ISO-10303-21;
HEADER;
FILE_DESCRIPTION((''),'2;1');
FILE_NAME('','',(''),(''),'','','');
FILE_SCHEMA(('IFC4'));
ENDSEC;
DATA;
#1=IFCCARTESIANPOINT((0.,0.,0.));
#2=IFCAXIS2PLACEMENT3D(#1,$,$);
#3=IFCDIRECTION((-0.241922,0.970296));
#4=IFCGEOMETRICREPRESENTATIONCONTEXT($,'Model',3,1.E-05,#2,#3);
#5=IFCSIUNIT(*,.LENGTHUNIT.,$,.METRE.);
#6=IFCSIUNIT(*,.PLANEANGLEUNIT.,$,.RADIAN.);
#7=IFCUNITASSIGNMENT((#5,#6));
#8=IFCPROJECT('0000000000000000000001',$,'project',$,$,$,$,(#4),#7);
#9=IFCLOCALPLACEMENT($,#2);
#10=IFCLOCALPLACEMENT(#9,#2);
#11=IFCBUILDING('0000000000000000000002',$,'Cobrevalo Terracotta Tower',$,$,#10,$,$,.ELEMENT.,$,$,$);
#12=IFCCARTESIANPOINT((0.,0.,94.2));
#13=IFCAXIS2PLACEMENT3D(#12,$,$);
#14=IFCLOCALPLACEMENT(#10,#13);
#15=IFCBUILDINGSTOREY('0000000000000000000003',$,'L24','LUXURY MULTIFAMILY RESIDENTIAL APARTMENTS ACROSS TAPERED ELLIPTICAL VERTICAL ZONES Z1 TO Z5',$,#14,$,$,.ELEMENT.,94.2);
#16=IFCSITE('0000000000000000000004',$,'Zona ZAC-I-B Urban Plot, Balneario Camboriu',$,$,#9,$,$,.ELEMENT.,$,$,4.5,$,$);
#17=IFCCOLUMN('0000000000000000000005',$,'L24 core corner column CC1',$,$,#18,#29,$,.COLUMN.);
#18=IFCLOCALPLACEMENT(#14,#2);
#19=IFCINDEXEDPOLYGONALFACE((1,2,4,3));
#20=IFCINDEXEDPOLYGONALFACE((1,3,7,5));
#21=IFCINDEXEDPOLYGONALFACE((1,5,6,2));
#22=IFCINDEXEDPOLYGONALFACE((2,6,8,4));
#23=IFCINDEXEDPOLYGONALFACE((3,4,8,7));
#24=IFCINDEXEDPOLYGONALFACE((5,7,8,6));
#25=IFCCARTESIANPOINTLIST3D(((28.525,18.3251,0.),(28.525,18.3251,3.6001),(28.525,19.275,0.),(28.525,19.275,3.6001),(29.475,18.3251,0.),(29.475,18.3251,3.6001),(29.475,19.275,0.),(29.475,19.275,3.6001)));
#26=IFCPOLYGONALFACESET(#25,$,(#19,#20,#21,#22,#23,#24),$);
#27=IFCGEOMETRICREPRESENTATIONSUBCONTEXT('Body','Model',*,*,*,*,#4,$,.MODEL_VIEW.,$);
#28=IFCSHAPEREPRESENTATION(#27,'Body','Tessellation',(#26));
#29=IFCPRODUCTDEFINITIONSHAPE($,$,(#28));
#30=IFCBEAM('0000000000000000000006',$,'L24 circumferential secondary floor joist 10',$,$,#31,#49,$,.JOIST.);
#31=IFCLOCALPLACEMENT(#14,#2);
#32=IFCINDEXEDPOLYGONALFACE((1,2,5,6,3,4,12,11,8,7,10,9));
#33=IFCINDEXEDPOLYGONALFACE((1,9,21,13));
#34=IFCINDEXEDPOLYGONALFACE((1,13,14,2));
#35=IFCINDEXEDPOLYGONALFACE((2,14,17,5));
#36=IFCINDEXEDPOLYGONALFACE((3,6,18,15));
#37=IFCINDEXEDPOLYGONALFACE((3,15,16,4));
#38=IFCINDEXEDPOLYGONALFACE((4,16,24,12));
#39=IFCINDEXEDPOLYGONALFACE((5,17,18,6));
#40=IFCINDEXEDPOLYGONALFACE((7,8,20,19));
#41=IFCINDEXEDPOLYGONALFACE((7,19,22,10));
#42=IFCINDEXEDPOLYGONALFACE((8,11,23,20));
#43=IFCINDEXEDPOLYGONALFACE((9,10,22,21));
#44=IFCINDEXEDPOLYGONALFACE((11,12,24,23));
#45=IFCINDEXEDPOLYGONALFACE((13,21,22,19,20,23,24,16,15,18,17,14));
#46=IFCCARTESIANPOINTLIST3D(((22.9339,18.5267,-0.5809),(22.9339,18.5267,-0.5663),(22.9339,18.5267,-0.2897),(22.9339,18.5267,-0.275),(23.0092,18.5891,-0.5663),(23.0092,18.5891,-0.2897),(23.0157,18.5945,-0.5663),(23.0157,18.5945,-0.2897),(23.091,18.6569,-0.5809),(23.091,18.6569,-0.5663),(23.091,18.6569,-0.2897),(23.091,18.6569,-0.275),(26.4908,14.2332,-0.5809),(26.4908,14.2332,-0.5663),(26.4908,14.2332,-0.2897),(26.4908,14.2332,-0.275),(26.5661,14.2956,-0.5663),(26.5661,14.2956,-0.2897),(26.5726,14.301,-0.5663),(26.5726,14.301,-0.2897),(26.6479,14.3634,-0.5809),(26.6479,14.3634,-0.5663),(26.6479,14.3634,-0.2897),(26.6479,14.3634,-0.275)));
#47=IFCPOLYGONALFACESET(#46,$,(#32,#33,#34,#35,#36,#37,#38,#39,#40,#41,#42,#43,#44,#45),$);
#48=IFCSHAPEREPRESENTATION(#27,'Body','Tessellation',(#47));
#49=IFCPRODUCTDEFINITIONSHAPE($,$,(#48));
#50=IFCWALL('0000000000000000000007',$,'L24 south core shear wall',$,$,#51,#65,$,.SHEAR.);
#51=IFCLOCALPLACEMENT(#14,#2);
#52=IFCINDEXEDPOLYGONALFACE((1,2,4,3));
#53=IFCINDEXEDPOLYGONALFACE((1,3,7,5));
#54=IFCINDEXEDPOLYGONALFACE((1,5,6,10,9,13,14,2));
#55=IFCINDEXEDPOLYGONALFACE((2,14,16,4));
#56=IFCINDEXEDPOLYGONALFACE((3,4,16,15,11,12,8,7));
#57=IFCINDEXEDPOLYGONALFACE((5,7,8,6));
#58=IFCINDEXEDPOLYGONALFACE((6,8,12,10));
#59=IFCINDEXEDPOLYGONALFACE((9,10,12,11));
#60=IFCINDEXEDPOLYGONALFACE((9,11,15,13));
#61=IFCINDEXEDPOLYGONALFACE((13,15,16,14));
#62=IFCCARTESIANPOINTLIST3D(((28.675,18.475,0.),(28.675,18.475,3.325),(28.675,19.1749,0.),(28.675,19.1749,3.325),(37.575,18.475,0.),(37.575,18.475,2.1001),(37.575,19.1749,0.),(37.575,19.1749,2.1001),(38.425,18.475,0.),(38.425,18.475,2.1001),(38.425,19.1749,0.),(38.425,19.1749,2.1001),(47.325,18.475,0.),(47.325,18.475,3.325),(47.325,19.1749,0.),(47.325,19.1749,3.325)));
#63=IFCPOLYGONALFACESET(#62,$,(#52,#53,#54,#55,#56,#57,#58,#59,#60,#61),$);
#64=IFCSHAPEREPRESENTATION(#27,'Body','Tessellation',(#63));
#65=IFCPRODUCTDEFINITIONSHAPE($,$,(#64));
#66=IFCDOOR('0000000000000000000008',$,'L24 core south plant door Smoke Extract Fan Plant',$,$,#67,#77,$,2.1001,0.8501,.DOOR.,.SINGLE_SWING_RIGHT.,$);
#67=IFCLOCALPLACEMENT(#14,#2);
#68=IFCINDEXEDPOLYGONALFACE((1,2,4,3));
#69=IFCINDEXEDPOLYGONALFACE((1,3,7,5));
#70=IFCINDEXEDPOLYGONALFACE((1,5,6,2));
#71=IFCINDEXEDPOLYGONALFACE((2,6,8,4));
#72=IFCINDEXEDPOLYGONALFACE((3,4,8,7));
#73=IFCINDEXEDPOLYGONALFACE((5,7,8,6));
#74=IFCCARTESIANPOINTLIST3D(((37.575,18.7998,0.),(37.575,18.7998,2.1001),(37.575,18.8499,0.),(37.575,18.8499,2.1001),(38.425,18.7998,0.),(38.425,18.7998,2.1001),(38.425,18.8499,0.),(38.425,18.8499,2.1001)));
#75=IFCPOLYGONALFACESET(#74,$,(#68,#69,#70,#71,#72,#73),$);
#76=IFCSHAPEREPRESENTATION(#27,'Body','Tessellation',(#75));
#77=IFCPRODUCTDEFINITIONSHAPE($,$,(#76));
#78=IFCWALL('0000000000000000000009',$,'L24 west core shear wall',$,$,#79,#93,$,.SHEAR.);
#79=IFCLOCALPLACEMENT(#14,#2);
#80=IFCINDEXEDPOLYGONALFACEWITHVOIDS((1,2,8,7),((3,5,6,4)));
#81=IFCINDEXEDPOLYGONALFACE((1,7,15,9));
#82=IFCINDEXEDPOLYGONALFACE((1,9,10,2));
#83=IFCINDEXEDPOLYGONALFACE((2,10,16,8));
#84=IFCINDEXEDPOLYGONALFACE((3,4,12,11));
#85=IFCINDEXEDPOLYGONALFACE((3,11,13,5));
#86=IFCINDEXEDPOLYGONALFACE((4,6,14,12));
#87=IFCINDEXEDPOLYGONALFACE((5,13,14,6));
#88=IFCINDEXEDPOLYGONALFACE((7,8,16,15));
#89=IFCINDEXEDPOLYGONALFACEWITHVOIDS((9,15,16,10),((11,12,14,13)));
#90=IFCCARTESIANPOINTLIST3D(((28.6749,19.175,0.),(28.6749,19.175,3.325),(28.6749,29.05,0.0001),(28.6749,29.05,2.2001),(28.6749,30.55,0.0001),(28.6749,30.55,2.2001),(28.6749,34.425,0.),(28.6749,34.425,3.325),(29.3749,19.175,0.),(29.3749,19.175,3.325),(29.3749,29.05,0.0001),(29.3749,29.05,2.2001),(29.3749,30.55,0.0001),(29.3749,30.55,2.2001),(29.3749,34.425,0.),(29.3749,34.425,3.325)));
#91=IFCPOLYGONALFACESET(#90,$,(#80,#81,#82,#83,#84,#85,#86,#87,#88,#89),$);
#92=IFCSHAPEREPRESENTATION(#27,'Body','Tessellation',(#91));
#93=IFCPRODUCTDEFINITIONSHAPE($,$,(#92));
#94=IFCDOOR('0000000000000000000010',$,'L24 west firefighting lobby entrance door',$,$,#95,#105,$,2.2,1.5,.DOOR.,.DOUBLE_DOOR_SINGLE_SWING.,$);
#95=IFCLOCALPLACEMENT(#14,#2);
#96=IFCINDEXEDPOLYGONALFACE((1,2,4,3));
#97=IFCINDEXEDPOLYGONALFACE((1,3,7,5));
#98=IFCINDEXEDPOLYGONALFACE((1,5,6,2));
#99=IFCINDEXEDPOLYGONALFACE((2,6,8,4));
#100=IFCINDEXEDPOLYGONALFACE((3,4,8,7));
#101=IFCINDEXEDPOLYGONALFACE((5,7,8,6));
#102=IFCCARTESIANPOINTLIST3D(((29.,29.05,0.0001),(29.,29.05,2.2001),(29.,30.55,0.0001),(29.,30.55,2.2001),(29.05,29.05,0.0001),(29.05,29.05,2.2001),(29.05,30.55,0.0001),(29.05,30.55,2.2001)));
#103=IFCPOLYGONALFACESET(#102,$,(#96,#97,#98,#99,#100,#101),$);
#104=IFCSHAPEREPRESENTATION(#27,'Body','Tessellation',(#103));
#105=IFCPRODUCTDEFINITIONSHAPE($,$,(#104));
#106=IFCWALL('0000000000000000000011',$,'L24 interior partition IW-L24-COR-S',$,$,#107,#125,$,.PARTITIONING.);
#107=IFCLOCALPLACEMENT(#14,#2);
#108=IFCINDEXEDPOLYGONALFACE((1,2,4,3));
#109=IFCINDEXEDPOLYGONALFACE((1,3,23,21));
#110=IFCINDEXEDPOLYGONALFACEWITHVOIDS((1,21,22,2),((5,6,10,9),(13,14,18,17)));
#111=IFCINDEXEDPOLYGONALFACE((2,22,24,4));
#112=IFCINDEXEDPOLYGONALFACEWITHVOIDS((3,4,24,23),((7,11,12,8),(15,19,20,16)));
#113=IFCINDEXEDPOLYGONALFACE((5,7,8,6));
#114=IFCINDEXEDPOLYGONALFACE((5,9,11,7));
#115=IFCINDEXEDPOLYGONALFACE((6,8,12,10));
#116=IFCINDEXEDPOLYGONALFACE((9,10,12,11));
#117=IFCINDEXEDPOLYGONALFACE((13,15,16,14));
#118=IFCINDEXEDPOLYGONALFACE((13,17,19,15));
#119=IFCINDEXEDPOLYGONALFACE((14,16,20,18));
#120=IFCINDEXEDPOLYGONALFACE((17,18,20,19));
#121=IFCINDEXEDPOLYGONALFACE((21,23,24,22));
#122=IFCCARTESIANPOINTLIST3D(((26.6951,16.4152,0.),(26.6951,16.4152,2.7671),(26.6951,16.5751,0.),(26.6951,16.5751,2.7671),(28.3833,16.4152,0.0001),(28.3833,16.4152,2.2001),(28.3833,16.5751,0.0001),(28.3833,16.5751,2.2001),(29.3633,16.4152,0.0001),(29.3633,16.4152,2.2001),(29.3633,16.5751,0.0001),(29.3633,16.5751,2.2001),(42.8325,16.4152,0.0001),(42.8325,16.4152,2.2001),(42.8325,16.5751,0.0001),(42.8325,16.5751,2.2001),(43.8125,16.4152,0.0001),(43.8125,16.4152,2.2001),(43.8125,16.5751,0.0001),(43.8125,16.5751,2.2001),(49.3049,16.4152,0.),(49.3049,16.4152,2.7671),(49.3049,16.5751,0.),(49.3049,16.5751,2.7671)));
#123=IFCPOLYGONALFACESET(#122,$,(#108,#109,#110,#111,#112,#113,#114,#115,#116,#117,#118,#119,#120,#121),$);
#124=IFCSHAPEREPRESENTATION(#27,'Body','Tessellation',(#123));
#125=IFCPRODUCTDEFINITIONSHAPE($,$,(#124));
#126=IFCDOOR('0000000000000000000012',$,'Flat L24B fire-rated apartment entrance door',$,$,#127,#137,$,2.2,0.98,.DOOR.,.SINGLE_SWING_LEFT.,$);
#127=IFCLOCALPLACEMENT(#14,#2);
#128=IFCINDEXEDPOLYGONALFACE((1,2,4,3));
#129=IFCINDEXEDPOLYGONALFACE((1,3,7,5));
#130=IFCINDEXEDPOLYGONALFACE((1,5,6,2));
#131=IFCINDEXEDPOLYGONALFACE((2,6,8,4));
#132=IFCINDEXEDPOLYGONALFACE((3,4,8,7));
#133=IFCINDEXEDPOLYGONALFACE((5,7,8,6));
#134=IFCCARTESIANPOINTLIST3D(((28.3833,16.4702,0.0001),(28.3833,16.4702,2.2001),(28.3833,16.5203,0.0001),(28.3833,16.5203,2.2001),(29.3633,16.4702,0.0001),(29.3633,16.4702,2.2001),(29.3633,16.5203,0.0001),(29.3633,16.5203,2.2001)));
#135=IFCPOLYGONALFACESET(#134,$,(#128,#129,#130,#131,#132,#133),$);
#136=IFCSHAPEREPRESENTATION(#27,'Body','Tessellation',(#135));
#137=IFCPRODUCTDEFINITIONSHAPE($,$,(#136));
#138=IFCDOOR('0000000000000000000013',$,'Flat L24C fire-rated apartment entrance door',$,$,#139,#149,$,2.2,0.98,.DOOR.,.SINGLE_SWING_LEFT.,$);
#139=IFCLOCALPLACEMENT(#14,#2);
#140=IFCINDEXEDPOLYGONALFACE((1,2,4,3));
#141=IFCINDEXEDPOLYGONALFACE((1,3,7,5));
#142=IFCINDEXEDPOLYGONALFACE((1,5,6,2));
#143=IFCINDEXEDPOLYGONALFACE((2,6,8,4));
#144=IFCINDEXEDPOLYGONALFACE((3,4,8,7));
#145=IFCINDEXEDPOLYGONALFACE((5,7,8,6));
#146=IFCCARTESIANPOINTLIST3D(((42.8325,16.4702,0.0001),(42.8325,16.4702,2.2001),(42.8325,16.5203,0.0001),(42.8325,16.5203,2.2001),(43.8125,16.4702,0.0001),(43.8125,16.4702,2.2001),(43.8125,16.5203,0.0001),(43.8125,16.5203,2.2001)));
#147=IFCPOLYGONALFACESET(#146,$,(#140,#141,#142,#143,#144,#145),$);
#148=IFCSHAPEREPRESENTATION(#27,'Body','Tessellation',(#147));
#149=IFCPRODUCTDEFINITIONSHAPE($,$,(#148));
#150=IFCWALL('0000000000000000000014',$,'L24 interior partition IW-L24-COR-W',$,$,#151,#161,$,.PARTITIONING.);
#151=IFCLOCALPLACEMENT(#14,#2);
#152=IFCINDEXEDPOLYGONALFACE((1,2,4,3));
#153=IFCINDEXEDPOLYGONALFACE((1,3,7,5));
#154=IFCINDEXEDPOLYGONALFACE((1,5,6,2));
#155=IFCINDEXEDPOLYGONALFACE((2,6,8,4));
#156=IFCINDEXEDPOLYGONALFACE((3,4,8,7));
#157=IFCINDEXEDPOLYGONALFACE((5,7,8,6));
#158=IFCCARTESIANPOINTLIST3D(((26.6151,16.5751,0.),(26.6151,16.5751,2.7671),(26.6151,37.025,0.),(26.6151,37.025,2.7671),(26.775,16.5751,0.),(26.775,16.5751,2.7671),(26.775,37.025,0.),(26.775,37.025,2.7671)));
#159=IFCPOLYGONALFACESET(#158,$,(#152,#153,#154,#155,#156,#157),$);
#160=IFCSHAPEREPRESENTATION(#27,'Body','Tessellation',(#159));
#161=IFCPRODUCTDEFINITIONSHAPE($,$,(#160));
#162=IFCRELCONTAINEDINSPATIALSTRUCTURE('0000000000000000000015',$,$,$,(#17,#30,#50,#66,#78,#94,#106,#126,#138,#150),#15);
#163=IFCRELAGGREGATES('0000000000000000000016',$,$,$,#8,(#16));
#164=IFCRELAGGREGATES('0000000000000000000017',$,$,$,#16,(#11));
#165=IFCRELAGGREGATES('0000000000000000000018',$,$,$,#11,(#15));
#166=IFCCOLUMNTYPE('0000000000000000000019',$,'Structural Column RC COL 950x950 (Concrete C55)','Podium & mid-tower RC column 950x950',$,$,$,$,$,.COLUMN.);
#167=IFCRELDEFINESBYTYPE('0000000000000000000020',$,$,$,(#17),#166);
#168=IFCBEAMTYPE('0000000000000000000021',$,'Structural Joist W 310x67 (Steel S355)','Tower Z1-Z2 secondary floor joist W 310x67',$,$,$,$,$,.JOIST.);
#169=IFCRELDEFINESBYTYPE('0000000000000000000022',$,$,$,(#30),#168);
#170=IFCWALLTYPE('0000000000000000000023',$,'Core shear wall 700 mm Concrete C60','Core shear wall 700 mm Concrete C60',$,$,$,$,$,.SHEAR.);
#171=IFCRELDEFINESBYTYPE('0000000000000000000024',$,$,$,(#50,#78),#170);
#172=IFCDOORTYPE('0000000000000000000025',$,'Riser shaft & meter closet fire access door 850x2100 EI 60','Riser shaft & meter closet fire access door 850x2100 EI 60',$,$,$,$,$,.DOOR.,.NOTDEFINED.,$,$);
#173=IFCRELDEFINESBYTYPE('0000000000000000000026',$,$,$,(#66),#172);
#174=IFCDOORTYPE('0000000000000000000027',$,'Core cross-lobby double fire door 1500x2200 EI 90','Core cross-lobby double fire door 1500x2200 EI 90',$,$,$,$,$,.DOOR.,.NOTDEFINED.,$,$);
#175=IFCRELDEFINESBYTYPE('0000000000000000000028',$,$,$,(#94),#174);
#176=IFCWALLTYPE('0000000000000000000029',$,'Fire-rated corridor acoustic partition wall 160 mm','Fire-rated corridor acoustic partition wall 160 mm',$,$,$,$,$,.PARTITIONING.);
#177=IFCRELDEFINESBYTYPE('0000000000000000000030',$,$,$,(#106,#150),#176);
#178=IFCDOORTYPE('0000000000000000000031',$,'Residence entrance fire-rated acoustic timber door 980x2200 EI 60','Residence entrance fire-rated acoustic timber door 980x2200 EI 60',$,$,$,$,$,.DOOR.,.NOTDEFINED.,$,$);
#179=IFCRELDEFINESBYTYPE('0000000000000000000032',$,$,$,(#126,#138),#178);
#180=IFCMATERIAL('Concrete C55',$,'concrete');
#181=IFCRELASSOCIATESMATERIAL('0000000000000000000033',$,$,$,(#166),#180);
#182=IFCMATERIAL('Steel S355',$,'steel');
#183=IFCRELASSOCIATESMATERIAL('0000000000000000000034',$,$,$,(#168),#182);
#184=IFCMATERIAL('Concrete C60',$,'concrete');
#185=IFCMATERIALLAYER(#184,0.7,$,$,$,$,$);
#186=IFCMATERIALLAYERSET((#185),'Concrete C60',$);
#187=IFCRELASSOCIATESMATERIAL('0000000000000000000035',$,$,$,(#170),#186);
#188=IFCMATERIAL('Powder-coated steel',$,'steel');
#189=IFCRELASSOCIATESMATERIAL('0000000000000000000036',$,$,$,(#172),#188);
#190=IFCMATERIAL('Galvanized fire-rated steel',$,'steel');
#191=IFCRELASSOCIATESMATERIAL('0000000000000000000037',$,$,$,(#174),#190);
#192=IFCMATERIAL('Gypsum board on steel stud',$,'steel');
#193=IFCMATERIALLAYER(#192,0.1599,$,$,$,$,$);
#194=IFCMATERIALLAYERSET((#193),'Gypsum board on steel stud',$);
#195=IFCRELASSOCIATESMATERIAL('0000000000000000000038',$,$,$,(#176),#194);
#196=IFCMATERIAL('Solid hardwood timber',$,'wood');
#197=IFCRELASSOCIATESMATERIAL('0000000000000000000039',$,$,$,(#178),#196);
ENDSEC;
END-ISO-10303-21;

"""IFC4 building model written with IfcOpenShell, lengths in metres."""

from ifc_helpers import new_model, si_unit, direction, frame, frame_2d, origin, origin_2d, place, context, subcontext, project, spatial, rectangle, i_section, extrude, source, transform, mapped, material, layer, layer_set, material_profile, profile_set, type_object, element, fill, save


model = new_model("IFC4")

# Units and contexts
model_context = context("Model", 3, precision=1e-05, world=origin(), true_north=direction((-0.241922, 0.970296)))
body_context = subcontext(model_context, "Body", "Model", "MODEL_VIEW")
ifc_project = project(units=[si_unit("LENGTHUNIT", "METRE"), si_unit("PLANEANGLEUNIT", "RADIAN")], contexts=[model_context])

# Site, building, storey
site_placement = place(None, origin())
site = spatial("IfcSite", under=ifc_project, at=site_placement, Name="Zona ZAC-I-B Urban Plot, Balneario Camboriu", CompositionType="ELEMENT", RefElevation=4.5)
building_placement = place(site_placement, origin())
building = spatial("IfcBuilding", under=site, at=building_placement, Name="Cobrevalo Terracotta Tower", CompositionType="ELEMENT")
storey_placement = place(building_placement, frame((0.0, 0.0, 94.2)))
storey = spatial("IfcBuildingStorey", under=building, at=storey_placement, Name="L24", Description="LUXURY MULTIFAMILY RESIDENTIAL APARTMENTS ACROSS TAPERED ELLIPTICAL VERTICAL ZONES Z1 TO Z5", CompositionType="ELEMENT", Elevation=94.2)

# Column
ifc_material_1 = material(Name="Concrete C55", Category="concrete")
ifc_material_profile_1 = material_profile(ifc_material_1, rectangle(XDim=0.95, YDim=0.95, at=origin_2d()), Name="RC COL 950x950")
ifc_profile_set_1 = profile_set([ifc_material_profile_1], Name="Concrete C55")
column_type = type_object("IfcColumnType", Name="Structural Column RC COL 950x950 (Concrete C55)", Description="Podium & mid-tower RC column 950x950", PredefinedType="COLUMN", material=ifc_profile_set_1)
column_placement = place(storey_placement, frame((29.0, 18.8, 0.0), z_axis=(0.0, 0.0, 1.0), x_axis=(1.0, 0.0, 0.0)))
element("IfcColumn", 1, at=column_placement, inside=storey, type_object=column_type, Name="L24 core corner column CC1", PredefinedType="COLUMN", context=body_context, shape_type="SweptSolid", body=[
    extrude(rectangle(XDim=0.95, YDim=0.95, at=origin_2d()), origin(), (0.0, 0.0, 1.0), 3.6001),
])

# Beam
ifc_material_2 = material(Name="Steel S355", Category="steel")
ifc_material_profile_2 = material_profile(ifc_material_2, i_section(OverallWidth=0.2041, OverallDepth=0.3059, WebThickness=0.0085, FlangeThickness=0.0146, at=origin_2d()), Name="W 310x67")
ifc_profile_set_2 = profile_set([ifc_material_profile_2], Name="Steel S355")
beam_type = type_object("IfcBeamType", Name="Structural Joist W 310x67 (Steel S355)", Description="Tower Z1-Z2 secondary floor joist W 310x67", PredefinedType="JOIST", material=ifc_profile_set_2)
beam_placement = place(storey_placement, frame((23.0125, 18.5918, -0.428), z_axis=(0.637959, -0.77007, 0.0), x_axis=(0.77007, 0.637959, 0.0)))
element("IfcBeam", 2, at=beam_placement, inside=storey, type_object=beam_type, Name="L24 circumferential secondary floor joist 10", PredefinedType="JOIST", context=body_context, shape_type="SweptSolid", body=[
    extrude(i_section(OverallWidth=0.2041, OverallDepth=0.3059, WebThickness=0.0085, FlangeThickness=0.0146, at=origin_2d()), origin(), (0.0, 0.0, 1.0), 5.5754),
])

# Walls, openings, doors
ifc_material_3 = material(Name="Concrete C60", Category="concrete")
ifc_layer_1 = layer(ifc_material_3, 0.7)
ifc_layer_set_1 = layer_set([ifc_layer_1], Name="Concrete C60")
wall_type_1 = type_object("IfcWallType", Name="Core shear wall 700 mm Concrete C60", Description="Core shear wall 700 mm Concrete C60", PredefinedType="SHEAR", material=ifc_layer_set_1)
wall_1_placement = place(storey_placement, frame((28.675, 18.825, 0.0), z_axis=(0.0, 0.0, 1.0), x_axis=(1.0, 0.0, 0.0)))
wall_1 = element("IfcWall", 3, at=wall_1_placement, inside=storey, type_object=wall_type_1, Name="L24 south core shear wall", PredefinedType="SHEAR", context=body_context, shape_type="SweptSolid", body=[
    extrude(rectangle(XDim=18.6499, YDim=0.7, at=frame_2d((9.325, 0.0))), origin(), (0.0, 0.0, 1.0), 3.325),
])
opening_1_placement = place(wall_1_placement, frame((8.8999, 0.0, 0.0)))
opening_1 = element("IfcOpeningElement", 4, at=opening_1_placement, cuts=wall_1, PredefinedType="OPENING", context=body_context, shape_type="SweptSolid", body=[
    extrude(rectangle(XDim=0.8501, YDim=2.1001, at=frame_2d((0.425, 1.05))), frame((0.0, 0.3599, 0.0), z_axis=(0.0, -1.0, 0.0), x_axis=(1.0, 0.0, 0.0)), (0.0, 0.0, 1.0), 0.72),
])
ifc_material_4 = material(Name="Powder-coated steel", Category="steel")
door_type_1 = type_object("IfcDoorType", Name="Riser shaft & meter closet fire access door 850x2100 EI 60", Description="Riser shaft & meter closet fire access door 850x2100 EI 60", OperationType="NOTDEFINED", PredefinedType="DOOR", material=ifc_material_4)
shared_shape_1 = source(origin(), body_context, "Body", "SweptSolid", [
    extrude(rectangle(XDim=0.8501, YDim=2.1001, at=frame_2d((0.425, 1.05))), frame((0.0, 0.0249, 0.0), z_axis=(0.0, -1.0, 0.0), x_axis=(1.0, 0.0, 0.0)), (0.0, 0.0, 1.0), 0.05),
])
door_1_placement = place(opening_1_placement, origin())
door_1 = element("IfcDoor", 5, at=door_1_placement, inside=storey, type_object=door_type_1, Name="L24 core south plant door Smoke Extract Fan Plant", OperationType="SINGLE_SWING_RIGHT", OverallHeight=2.1001, OverallWidth=0.8501, PredefinedType="DOOR", context=body_context, shape_type="MappedRepresentation", body=[
    mapped(shared_shape_1, transform((0.0, 0.0, 0.0), scale=1.0)),
])
fill(opening_1, door_1)
wall_2_placement = place(storey_placement, frame((29.0249, 19.175, 0.0), z_axis=(0.0, 0.0, 1.0), x_axis=(0.0, 1.0, 0.0)))
wall_2 = element("IfcWall", 6, at=wall_2_placement, inside=storey, type_object=wall_type_1, Name="L24 west core shear wall", PredefinedType="SHEAR", context=body_context, shape_type="SweptSolid", body=[
    extrude(rectangle(XDim=15.25, YDim=0.7, at=frame_2d((7.625, 0.0))), origin(), (0.0, 0.0, 1.0), 3.325),
])
opening_2_placement = place(wall_2_placement, frame((9.875, 0.0, 0.0)))
opening_2 = element("IfcOpeningElement", 7, at=opening_2_placement, cuts=wall_2, PredefinedType="OPENING", context=body_context, shape_type="SweptSolid", body=[
    extrude(rectangle(XDim=1.5, YDim=2.2, at=frame_2d((0.75, 1.1001))), frame((0.0, 0.3599, 0.0), z_axis=(0.0, -1.0, 0.0), x_axis=(1.0, 0.0, 0.0)), (0.0, 0.0, 1.0), 0.72),
])
ifc_material_5 = material(Name="Galvanized fire-rated steel", Category="steel")
door_type_2 = type_object("IfcDoorType", Name="Core cross-lobby double fire door 1500x2200 EI 90", Description="Core cross-lobby double fire door 1500x2200 EI 90", OperationType="NOTDEFINED", PredefinedType="DOOR", material=ifc_material_5)
shared_shape_2 = source(origin(), body_context, "Body", "SweptSolid", [
    extrude(rectangle(XDim=1.5, YDim=2.2, at=frame_2d((0.75, 1.1001))), frame((0.0, 0.0249, 0.0), z_axis=(0.0, -1.0, 0.0), x_axis=(1.0, 0.0, 0.0)), (0.0, 0.0, 1.0), 0.05),
])
door_2_placement = place(opening_2_placement, origin())
door_2 = element("IfcDoor", 8, at=door_2_placement, inside=storey, type_object=door_type_2, Name="L24 west firefighting lobby entrance door", OperationType="DOUBLE_DOOR_SINGLE_SWING", OverallHeight=2.2, OverallWidth=1.5, PredefinedType="DOOR", context=body_context, shape_type="MappedRepresentation", body=[
    mapped(shared_shape_2, transform((0.0, 0.0, 0.0), scale=1.0)),
])
fill(opening_2, door_2)

# Wall, openings, doors
ifc_material_6 = material(Name="Gypsum board on steel stud", Category="steel")
ifc_layer_2 = layer(ifc_material_6, 0.1599)
ifc_layer_set_2 = layer_set([ifc_layer_2], Name="Gypsum board on steel stud")
wall_type_2 = type_object("IfcWallType", Name="Fire-rated corridor acoustic partition wall 160 mm", Description="Fire-rated corridor acoustic partition wall 160 mm", PredefinedType="PARTITIONING", material=ifc_layer_set_2)
wall_3_placement = place(storey_placement, frame((26.6951, 16.4951, 0.0), z_axis=(0.0, 0.0, 1.0), x_axis=(1.0, 0.0, 0.0)))
wall_3 = element("IfcWall", 9, at=wall_3_placement, inside=storey, type_object=wall_type_2, Name="L24 interior partition IW-L24-COR-S", PredefinedType="PARTITIONING", context=body_context, shape_type="SweptSolid", body=[
    extrude(rectangle(XDim=22.6099, YDim=0.1599, at=frame_2d((11.3049, 0.0))), origin(), (0.0, 0.0, 1.0), 2.7671),
])
opening_3_placement = place(wall_3_placement, frame((1.6882, 0.0, 0.0)))
opening_3 = element("IfcOpeningElement", 10, at=opening_3_placement, cuts=wall_3, PredefinedType="OPENING", context=body_context, shape_type="SweptSolid", body=[
    extrude(rectangle(XDim=0.98, YDim=2.2, at=frame_2d((0.49, 1.1001))), frame((0.0, 0.0898, 0.0), z_axis=(0.0, -1.0, 0.0), x_axis=(1.0, 0.0, 0.0)), (0.0, 0.0, 1.0), 0.1799),
])
opening_4_placement = place(wall_3_placement, frame((16.1375, 0.0, 0.0)))
opening_4 = element("IfcOpeningElement", 11, at=opening_4_placement, cuts=wall_3, PredefinedType="OPENING", context=body_context, shape_type="SweptSolid", body=[
    extrude(rectangle(XDim=0.98, YDim=2.2, at=frame_2d((0.49, 1.1001))), frame((0.0, 0.0898, 0.0), z_axis=(0.0, -1.0, 0.0), x_axis=(1.0, 0.0, 0.0)), (0.0, 0.0, 1.0), 0.1799),
])
ifc_material_7 = material(Name="Solid hardwood timber", Category="wood")
door_type_3 = type_object("IfcDoorType", Name="Residence entrance fire-rated acoustic timber door 980x2200 EI 60", Description="Residence entrance fire-rated acoustic timber door 980x2200 EI 60", OperationType="NOTDEFINED", PredefinedType="DOOR", material=ifc_material_7)
shared_shape_3 = source(origin(), body_context, "Body", "SweptSolid", [
    extrude(rectangle(XDim=0.98, YDim=2.2, at=frame_2d((0.49, 1.1001))), frame((0.0, 0.0249, 0.0), z_axis=(0.0, -1.0, 0.0), x_axis=(1.0, 0.0, 0.0)), (0.0, 0.0, 1.0), 0.05),
])
door_3_placement = place(opening_3_placement, frame((0.98, 0.0, 0.0), z_axis=(0.0, 0.0, 1.0), x_axis=(-1.0, 0.0, 0.0)))
door_3 = element("IfcDoor", 12, at=door_3_placement, inside=storey, type_object=door_type_3, Name="Flat L24B fire-rated apartment entrance door", OperationType="SINGLE_SWING_LEFT", OverallHeight=2.2, OverallWidth=0.98, PredefinedType="DOOR", context=body_context, shape_type="MappedRepresentation", body=[
    mapped(shared_shape_3, transform((0.0, 0.0, 0.0), scale=1.0)),
])
fill(opening_3, door_3)
door_4_placement = place(opening_4_placement, frame((0.98, 0.0, 0.0), z_axis=(0.0, 0.0, 1.0), x_axis=(-1.0, 0.0, 0.0)))
door_4 = element("IfcDoor", 13, at=door_4_placement, inside=storey, type_object=door_type_3, Name="Flat L24C fire-rated apartment entrance door", OperationType="SINGLE_SWING_LEFT", OverallHeight=2.2, OverallWidth=0.98, PredefinedType="DOOR", context=body_context, shape_type="MappedRepresentation", body=[
    mapped(shared_shape_3, transform((0.0, 0.0, 0.0), scale=1.0)),
])
fill(opening_4, door_4)

# Wall
wall_4_placement = place(storey_placement, frame((26.6951, 16.575, 0.0), z_axis=(0.0, 0.0, 1.0), x_axis=(0.0, 1.0, 0.0)))
element("IfcWall", 14, at=wall_4_placement, inside=storey, type_object=wall_type_2, Name="L24 interior partition IW-L24-COR-W", PredefinedType="PARTITIONING", context=body_context, shape_type="SweptSolid", body=[
    extrude(rectangle(XDim=20.45, YDim=0.1599, at=frame_2d((10.2251, 0.0))), origin(), (0.0, 0.0, 1.0), 2.7671),
])

save(model, "model.ifc")
